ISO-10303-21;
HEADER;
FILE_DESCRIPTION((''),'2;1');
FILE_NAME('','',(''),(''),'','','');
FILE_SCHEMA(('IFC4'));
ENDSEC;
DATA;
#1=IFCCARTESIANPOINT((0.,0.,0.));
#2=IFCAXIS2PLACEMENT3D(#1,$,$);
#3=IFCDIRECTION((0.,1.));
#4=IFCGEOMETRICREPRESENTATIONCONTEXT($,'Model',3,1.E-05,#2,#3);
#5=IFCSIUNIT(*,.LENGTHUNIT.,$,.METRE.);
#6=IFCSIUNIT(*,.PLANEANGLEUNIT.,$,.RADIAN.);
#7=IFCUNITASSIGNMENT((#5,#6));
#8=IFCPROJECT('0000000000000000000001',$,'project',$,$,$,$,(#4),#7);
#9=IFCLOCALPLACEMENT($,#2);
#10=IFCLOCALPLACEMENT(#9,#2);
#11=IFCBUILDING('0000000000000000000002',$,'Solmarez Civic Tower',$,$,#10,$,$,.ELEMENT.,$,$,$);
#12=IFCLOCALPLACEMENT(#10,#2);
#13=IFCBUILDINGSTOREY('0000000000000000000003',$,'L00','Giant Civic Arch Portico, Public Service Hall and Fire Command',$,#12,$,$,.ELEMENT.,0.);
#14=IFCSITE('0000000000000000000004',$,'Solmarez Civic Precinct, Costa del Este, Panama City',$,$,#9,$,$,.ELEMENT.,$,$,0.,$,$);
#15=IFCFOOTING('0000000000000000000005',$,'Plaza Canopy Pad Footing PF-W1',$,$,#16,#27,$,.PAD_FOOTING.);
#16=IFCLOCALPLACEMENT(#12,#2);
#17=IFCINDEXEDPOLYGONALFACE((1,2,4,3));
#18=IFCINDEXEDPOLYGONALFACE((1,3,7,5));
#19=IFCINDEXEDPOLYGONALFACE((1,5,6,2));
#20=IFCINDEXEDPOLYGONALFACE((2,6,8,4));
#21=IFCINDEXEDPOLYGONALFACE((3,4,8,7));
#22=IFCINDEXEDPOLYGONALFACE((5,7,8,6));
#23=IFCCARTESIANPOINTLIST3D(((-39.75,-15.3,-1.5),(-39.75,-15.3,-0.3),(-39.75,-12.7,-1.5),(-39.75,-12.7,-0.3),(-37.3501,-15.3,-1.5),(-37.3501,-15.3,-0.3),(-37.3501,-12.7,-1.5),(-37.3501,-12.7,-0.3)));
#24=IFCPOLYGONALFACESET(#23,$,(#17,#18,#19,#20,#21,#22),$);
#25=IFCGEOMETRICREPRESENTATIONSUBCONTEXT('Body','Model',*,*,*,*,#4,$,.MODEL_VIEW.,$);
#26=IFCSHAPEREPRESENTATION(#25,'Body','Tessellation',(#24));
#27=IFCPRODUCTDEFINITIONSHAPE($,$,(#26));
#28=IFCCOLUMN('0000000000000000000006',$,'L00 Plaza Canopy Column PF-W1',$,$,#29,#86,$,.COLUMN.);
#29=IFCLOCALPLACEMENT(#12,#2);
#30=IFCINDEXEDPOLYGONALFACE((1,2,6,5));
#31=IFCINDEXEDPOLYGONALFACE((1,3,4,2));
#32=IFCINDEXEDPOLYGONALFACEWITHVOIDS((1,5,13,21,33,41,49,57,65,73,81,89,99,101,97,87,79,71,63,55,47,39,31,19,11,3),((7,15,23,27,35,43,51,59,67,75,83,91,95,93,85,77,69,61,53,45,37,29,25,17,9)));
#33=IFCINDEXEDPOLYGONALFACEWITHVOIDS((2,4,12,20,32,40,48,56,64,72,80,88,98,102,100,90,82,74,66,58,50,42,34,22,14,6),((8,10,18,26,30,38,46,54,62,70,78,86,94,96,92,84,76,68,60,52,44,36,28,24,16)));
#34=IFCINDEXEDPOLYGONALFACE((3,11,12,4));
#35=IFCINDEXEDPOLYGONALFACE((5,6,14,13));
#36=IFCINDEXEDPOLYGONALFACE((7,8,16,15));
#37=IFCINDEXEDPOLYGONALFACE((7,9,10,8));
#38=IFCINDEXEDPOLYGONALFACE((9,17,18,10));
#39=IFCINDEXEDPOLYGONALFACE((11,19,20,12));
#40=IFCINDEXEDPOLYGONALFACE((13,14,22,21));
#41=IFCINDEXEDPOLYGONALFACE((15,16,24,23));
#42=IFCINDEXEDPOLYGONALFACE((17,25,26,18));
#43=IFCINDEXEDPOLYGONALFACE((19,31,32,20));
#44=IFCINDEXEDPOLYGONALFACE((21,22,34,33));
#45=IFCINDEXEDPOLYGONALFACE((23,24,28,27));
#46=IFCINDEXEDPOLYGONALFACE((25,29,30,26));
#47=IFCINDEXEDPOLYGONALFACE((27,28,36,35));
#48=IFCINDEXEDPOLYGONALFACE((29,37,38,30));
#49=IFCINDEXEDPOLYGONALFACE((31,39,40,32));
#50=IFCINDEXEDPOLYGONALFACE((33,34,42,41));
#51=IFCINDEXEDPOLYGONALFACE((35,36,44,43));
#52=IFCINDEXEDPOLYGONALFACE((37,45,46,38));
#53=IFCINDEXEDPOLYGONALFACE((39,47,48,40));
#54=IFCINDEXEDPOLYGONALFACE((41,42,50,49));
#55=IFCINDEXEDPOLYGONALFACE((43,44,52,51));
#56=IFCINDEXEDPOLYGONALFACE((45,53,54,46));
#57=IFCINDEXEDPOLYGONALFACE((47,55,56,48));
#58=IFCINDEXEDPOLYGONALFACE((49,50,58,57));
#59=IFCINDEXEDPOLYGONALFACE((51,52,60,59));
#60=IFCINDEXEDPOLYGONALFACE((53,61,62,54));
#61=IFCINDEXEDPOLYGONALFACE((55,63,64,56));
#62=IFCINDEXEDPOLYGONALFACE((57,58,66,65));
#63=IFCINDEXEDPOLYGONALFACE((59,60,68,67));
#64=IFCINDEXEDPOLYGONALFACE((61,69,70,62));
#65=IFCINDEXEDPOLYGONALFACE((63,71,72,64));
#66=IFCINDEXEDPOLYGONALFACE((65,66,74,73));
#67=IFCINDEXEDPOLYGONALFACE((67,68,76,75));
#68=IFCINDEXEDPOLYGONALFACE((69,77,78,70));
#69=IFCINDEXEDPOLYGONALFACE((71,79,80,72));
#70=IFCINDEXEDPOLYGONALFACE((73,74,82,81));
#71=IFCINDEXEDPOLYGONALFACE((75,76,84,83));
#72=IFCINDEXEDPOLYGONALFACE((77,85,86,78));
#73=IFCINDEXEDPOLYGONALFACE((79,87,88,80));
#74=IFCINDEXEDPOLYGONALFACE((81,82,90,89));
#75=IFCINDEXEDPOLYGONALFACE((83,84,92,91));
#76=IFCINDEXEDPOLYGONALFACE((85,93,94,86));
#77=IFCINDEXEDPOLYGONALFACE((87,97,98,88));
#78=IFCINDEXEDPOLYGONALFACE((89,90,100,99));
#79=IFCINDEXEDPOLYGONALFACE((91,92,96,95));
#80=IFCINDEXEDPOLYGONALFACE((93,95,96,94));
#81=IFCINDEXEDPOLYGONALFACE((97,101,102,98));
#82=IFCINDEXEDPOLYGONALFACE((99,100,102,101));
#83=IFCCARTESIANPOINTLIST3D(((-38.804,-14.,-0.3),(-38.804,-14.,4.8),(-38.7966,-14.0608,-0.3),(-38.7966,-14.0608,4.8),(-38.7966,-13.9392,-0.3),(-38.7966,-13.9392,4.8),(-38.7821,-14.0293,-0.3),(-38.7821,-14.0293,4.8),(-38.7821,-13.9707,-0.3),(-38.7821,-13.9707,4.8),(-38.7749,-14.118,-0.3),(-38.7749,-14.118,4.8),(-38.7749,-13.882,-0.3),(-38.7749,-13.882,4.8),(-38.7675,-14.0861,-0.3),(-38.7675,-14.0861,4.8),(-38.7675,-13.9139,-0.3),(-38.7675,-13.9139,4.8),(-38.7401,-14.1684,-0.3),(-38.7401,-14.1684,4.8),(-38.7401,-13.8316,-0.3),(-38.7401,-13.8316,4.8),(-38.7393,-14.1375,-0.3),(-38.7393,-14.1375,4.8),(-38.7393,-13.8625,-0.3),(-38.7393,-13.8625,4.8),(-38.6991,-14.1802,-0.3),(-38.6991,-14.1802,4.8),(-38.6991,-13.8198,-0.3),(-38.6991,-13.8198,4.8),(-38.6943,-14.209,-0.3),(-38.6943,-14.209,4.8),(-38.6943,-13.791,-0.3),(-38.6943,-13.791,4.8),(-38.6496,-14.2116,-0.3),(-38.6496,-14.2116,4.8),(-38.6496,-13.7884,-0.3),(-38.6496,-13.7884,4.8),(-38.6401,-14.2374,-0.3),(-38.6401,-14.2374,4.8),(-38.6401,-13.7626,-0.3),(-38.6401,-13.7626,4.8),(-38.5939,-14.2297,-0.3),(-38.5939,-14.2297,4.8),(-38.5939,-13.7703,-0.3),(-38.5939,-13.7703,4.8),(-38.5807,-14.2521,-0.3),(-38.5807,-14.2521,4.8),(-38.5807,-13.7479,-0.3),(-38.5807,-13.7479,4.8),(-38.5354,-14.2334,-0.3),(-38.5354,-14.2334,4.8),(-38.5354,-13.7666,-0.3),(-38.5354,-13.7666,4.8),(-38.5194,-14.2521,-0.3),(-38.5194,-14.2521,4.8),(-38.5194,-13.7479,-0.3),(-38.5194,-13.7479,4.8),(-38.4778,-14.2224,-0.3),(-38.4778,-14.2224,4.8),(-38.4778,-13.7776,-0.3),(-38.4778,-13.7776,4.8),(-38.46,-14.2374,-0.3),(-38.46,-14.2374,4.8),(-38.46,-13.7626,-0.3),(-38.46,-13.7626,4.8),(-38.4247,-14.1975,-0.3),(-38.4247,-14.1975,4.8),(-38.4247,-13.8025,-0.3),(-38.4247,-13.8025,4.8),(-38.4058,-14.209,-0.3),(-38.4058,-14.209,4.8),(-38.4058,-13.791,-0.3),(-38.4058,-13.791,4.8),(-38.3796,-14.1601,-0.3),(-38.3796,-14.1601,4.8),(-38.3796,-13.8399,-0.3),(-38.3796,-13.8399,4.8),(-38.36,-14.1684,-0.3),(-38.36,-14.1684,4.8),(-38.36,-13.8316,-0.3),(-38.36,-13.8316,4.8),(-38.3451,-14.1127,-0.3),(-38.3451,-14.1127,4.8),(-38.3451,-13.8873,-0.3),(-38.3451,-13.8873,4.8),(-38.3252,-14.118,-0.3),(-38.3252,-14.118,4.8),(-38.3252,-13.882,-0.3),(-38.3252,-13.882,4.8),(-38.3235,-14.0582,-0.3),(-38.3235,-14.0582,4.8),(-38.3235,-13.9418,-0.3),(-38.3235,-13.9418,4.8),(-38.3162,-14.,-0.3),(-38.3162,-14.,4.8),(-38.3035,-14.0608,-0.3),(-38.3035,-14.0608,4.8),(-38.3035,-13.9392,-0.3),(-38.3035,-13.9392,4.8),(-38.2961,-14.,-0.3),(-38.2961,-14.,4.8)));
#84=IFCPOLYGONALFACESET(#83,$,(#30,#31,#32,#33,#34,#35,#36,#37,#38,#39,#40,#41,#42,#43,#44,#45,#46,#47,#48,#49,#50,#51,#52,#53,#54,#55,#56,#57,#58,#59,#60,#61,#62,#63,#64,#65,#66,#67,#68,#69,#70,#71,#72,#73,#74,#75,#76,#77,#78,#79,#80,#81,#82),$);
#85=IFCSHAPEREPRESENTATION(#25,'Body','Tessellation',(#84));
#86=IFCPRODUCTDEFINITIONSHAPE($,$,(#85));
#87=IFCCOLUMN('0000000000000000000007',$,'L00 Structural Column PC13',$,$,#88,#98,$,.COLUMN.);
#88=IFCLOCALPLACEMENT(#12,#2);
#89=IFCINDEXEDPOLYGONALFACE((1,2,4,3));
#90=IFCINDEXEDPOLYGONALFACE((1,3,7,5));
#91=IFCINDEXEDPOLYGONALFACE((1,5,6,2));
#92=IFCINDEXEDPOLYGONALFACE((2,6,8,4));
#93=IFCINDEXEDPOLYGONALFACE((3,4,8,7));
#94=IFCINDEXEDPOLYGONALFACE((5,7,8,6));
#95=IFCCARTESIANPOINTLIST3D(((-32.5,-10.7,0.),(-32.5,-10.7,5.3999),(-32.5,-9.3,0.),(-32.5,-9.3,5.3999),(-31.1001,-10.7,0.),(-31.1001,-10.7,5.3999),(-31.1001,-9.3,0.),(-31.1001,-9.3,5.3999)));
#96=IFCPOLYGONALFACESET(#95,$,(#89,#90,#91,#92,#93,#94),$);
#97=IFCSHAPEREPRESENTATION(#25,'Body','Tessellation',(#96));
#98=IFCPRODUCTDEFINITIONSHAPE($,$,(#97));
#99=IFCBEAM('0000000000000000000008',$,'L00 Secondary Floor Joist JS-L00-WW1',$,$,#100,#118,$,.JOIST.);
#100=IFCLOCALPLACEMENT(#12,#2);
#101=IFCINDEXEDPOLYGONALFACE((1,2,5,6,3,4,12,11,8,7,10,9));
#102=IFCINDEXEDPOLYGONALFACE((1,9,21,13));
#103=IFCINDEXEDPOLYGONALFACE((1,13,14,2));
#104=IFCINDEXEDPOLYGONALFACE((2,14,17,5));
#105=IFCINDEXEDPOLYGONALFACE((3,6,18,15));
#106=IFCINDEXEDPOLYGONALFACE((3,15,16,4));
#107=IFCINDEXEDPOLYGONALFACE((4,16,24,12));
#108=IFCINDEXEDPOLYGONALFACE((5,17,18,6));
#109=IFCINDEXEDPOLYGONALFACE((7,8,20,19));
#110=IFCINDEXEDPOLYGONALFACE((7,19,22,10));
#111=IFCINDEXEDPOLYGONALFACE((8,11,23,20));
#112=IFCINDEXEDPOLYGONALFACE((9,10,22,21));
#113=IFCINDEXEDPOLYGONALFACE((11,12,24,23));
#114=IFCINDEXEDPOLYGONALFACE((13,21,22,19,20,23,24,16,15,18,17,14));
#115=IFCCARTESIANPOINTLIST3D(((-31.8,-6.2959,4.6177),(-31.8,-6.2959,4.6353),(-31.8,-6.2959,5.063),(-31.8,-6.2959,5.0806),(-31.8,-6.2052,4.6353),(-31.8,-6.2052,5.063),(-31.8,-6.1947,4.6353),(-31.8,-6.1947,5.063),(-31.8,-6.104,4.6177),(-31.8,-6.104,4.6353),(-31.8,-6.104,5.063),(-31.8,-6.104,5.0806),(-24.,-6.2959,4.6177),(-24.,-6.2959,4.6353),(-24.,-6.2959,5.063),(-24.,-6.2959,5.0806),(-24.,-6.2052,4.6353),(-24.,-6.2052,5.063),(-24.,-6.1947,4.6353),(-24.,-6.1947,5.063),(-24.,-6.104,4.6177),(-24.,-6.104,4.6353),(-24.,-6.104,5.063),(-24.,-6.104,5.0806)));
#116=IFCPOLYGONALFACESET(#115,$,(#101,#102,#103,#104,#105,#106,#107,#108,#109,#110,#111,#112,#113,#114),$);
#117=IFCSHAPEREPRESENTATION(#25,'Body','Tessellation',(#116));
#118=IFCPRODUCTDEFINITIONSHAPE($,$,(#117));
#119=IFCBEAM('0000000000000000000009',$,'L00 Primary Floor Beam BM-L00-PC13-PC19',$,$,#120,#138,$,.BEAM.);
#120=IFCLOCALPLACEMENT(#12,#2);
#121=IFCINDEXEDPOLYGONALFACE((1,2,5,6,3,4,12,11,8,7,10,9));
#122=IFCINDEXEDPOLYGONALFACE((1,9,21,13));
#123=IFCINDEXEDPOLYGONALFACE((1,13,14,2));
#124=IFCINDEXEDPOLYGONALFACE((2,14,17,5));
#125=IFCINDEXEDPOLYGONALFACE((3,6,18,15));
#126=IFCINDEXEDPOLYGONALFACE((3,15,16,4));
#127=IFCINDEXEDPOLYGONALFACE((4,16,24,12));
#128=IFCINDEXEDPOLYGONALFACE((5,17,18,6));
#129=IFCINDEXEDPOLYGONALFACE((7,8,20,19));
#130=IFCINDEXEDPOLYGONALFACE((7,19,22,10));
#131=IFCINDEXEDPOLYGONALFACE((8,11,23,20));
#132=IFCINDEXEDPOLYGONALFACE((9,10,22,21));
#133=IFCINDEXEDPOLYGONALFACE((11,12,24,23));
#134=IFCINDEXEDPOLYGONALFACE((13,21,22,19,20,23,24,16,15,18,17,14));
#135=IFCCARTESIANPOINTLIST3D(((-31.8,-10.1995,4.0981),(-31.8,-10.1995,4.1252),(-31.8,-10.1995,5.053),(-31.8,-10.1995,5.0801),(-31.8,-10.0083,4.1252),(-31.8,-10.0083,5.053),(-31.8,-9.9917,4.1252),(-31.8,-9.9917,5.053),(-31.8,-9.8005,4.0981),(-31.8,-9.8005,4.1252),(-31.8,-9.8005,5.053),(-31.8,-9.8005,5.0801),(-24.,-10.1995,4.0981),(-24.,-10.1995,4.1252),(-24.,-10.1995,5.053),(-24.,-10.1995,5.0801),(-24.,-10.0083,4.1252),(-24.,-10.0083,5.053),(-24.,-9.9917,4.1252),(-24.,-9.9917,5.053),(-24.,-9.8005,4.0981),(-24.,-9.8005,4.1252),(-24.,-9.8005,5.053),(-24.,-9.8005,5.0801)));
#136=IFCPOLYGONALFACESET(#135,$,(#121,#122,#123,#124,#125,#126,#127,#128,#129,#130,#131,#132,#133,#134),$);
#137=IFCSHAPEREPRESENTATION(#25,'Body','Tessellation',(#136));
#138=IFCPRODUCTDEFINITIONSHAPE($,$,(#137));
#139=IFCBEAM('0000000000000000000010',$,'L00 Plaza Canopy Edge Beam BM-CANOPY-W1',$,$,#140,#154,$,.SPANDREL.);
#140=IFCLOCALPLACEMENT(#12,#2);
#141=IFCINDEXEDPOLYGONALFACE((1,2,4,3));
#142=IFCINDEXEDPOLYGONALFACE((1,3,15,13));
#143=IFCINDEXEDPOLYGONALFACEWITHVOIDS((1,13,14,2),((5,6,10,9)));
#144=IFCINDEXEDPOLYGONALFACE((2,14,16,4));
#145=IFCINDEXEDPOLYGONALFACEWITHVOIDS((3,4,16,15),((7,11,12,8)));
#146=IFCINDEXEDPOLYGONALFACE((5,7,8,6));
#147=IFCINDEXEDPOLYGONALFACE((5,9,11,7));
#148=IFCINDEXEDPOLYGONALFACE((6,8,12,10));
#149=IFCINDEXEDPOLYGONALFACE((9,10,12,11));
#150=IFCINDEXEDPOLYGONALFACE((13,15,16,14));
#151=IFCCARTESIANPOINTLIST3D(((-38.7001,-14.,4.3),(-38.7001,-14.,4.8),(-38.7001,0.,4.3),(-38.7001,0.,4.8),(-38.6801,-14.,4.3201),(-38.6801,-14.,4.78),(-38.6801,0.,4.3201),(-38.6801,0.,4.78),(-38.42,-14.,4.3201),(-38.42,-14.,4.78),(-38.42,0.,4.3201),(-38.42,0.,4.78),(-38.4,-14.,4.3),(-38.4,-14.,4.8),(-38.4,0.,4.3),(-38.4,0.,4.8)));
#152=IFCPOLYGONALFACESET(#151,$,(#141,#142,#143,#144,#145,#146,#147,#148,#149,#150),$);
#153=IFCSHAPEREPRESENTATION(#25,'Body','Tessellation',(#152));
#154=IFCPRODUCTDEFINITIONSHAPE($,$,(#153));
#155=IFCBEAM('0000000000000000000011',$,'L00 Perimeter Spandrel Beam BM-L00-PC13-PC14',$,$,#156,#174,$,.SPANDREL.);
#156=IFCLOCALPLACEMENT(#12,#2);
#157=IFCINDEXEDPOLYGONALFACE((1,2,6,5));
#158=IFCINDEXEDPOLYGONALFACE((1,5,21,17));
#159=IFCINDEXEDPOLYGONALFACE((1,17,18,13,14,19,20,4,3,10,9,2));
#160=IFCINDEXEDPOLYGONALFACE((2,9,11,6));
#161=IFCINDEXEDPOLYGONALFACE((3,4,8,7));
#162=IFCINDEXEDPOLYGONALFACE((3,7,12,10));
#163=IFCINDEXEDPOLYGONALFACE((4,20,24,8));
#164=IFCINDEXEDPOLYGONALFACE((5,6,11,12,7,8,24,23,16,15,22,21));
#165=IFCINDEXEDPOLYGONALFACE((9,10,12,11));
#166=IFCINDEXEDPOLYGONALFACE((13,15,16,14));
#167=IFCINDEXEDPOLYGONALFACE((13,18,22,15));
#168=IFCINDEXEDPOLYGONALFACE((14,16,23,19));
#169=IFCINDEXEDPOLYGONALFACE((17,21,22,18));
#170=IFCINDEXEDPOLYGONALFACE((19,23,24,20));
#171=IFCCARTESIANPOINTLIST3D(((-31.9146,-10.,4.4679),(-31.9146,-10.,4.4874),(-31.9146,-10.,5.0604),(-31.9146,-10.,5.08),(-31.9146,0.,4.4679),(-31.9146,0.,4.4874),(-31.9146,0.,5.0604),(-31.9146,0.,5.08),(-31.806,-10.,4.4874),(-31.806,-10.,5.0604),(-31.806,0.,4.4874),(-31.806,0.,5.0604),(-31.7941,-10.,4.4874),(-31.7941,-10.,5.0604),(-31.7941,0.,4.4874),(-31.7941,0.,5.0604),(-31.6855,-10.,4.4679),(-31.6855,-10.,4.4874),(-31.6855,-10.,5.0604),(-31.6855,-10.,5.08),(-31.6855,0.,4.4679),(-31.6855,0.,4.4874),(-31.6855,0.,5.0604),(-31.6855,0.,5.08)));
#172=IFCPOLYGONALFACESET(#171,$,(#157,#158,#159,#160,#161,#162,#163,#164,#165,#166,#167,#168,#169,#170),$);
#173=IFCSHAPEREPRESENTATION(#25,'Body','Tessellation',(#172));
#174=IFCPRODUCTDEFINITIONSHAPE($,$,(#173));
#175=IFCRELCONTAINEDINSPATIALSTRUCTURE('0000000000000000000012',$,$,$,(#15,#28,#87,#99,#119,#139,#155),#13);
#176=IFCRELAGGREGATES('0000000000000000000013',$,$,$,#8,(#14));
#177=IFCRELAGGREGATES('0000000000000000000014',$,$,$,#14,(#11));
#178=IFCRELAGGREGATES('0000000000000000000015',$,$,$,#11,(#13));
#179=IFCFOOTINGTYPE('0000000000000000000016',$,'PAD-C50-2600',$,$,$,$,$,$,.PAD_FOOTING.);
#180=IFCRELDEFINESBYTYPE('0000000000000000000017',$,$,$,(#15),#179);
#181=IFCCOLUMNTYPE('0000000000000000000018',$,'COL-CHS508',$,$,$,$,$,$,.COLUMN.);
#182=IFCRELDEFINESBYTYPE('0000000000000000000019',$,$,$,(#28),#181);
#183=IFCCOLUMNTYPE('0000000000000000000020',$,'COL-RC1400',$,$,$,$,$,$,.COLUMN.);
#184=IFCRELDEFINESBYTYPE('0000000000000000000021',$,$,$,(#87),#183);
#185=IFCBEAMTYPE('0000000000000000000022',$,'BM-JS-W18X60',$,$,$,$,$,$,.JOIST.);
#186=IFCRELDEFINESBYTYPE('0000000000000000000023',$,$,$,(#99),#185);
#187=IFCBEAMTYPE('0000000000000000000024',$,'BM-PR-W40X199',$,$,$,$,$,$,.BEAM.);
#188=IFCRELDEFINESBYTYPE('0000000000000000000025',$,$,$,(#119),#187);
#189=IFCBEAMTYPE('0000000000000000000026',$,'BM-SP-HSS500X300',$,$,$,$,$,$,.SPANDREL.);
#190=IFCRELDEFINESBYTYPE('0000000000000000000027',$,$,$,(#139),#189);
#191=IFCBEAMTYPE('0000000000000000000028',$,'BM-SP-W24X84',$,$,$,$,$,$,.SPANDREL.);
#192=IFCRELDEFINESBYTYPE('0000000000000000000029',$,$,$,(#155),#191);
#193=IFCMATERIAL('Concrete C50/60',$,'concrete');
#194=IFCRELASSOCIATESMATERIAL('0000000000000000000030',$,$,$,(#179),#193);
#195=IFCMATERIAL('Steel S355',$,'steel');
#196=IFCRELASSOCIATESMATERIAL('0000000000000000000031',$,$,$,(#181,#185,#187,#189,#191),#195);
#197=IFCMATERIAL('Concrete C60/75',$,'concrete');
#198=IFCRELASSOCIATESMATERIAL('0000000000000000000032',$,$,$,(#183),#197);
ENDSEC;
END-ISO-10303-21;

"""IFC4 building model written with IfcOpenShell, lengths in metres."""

from ifc_helpers import new_model, si_unit, direction, frame, origin, origin_2d, place, context, subcontext, project, spatial, rectangle, hollow_rectangle, hollow_circle, i_section, extrude, material, material_profile, profile_set, type_object, element, save


model = new_model("IFC4")

# Units and contexts
model_context = context("Model", 3, precision=1e-05, world=origin(), true_north=direction((0.0, 1.0)))
body_context = subcontext(model_context, "Body", "Model", "MODEL_VIEW")
ifc_project = project(units=[si_unit("LENGTHUNIT", "METRE"), si_unit("PLANEANGLEUNIT", "RADIAN")], contexts=[model_context])

# Site, building, storey
site_placement = place(None, origin())
site = spatial("IfcSite", under=ifc_project, at=site_placement, Name="Solmarez Civic Precinct, Costa del Este, Panama City", CompositionType="ELEMENT", RefElevation=0.0)
building_placement = place(site_placement, origin())
building = spatial("IfcBuilding", under=site, at=building_placement, Name="Solmarez Civic Tower", CompositionType="ELEMENT")
storey_placement = place(building_placement, origin())
storey = spatial("IfcBuildingStorey", under=building, at=storey_placement, Name="L00", Description="Giant Civic Arch Portico, Public Service Hall and Fire Command", CompositionType="ELEMENT", Elevation=0.0)

# Footing
ifc_material_1 = material(Name="Concrete C50/60", Category="concrete")
footing_type = type_object("IfcFootingType", Name="PAD-C50-2600", PredefinedType="PAD_FOOTING", material=ifc_material_1)
footing_placement = place(storey_placement, frame((-38.55, -14.0, -1.5), z_axis=(0.0, 0.0, 1.0), x_axis=(1.0, 0.0, 0.0)))
element("IfcFooting", 1, at=footing_placement, inside=storey, type_object=footing_type, Name="Plaza Canopy Pad Footing PF-W1", PredefinedType="PAD_FOOTING", context=body_context, shape_type="SweptSolid", body=[
    extrude(rectangle(XDim=2.3999, YDim=2.6001, at=origin_2d()), origin(), (0.0, 0.0, 1.0), 1.2),
])

# Columns
ifc_material_2 = material(Name="Steel S355", Category="steel")
ifc_material_profile_1 = material_profile(ifc_material_2, hollow_circle(Radius=0.2539, WallThickness=0.02, at=origin_2d()), Name="CHS508X20")
ifc_profile_set_1 = profile_set([ifc_material_profile_1], Name="Steel S355")
column_type_1 = type_object("IfcColumnType", Name="COL-CHS508", PredefinedType="COLUMN", material=ifc_profile_set_1)
column_1_placement = place(storey_placement, frame((-38.55, -14.0, -0.3), z_axis=(0.0, 0.0, 1.0), x_axis=(1.0, 0.0, 0.0)))
element("IfcColumn", 2, at=column_1_placement, inside=storey, type_object=column_type_1, Name="L00 Plaza Canopy Column PF-W1", PredefinedType="COLUMN", context=body_context, shape_type="SweptSolid", body=[
    extrude(hollow_circle(Radius=0.2539, WallThickness=0.02, at=origin_2d()), origin(), (0.0, 0.0, 1.0), 5.1001),
])
ifc_material_3 = material(Name="Concrete C60/75", Category="concrete")
ifc_material_profile_2 = material_profile(ifc_material_3, rectangle(XDim=1.3999, YDim=1.3999, at=origin_2d()), Name="RC1400X1400")
ifc_profile_set_2 = profile_set([ifc_material_profile_2], Name="Concrete C60/75")
column_type_2 = type_object("IfcColumnType", Name="COL-RC1400", PredefinedType="COLUMN", material=ifc_profile_set_2)
column_2_placement = place(storey_placement, frame((-31.8, -10.0, 0.0), z_axis=(0.0, 0.0, 1.0), x_axis=(1.0, 0.0, 0.0)))
element("IfcColumn", 3, at=column_2_placement, inside=storey, type_object=column_type_2, Name="L00 Structural Column PC13", PredefinedType="COLUMN", context=body_context, shape_type="SweptSolid", body=[
    extrude(rectangle(XDim=1.3999, YDim=1.3999, at=origin_2d()), origin(), (0.0, 0.0, 1.0), 5.3999),
])

# Beams
ifc_material_profile_3 = material_profile(ifc_material_2, i_section(OverallWidth=0.1919, OverallDepth=0.4629, WebThickness=0.0105, FlangeThickness=0.0176, at=origin_2d()), Name="W18X60")
ifc_profile_set_3 = profile_set([ifc_material_profile_3], Name="Steel S355")
beam_type_1 = type_object("IfcBeamType", Name="BM-JS-W18X60", PredefinedType="JOIST", material=ifc_profile_set_3)
beam_1_placement = place(storey_placement, frame((-31.8, -6.2, 4.8491), z_axis=(1.0, 0.0, 0.0), x_axis=(0.0, 1.0, 0.0)))
element("IfcBeam", 4, at=beam_1_placement, inside=storey, type_object=beam_type_1, Name="L00 Secondary Floor Joist JS-L00-WW1", PredefinedType="JOIST", context=body_context, shape_type="SweptSolid", body=[
    extrude(i_section(OverallWidth=0.1919, OverallDepth=0.4629, WebThickness=0.0105, FlangeThickness=0.0176, at=origin_2d()), origin(), (0.0, 0.0, 1.0), 7.8),
])
ifc_material_profile_4 = material_profile(ifc_material_2, i_section(OverallWidth=0.3989, OverallDepth=0.9819, WebThickness=0.0166, FlangeThickness=0.0271, at=origin_2d()), Name="W40X199")
ifc_profile_set_4 = profile_set([ifc_material_profile_4], Name="Steel S355")
beam_type_2 = type_object("IfcBeamType", Name="BM-PR-W40X199", PredefinedType="BEAM", material=ifc_profile_set_4)
beam_2_placement = place(storey_placement, frame((-31.8, -10.0, 4.5891), z_axis=(1.0, 0.0, 0.0), x_axis=(0.0, 1.0, 0.0)))
element("IfcBeam", 5, at=beam_2_placement, inside=storey, type_object=beam_type_2, Name="L00 Primary Floor Beam BM-L00-PC13-PC19", PredefinedType="BEAM", context=body_context, shape_type="SweptSolid", body=[
    extrude(i_section(OverallWidth=0.3989, OverallDepth=0.9819, WebThickness=0.0166, FlangeThickness=0.0271, at=origin_2d()), origin(), (0.0, 0.0, 1.0), 7.8),
])
ifc_material_profile_5 = material_profile(ifc_material_2, hollow_rectangle(XDim=0.3, YDim=0.5, WallThickness=0.02, at=origin_2d()), Name="HSS500X300X20")
ifc_profile_set_5 = profile_set([ifc_material_profile_5], Name="Steel S355")
beam_type_3 = type_object("IfcBeamType", Name="BM-SP-HSS500X300", PredefinedType="SPANDREL", material=ifc_profile_set_5)
beam_3_placement = place(storey_placement, frame((-38.55, -14.0, 4.55), z_axis=(0.0, 1.0, 0.0), x_axis=(-1.0, 0.0, 0.0)))
element("IfcBeam", 6, at=beam_3_placement, inside=storey, type_object=beam_type_3, Name="L00 Plaza Canopy Edge Beam BM-CANOPY-W1", PredefinedType="SPANDREL", context=body_context, shape_type="SweptSolid", body=[
    extrude(hollow_rectangle(XDim=0.3, YDim=0.5, WallThickness=0.02, at=origin_2d()), origin(), (0.0, 0.0, 1.0), 14.0),
])
ifc_material_profile_6 = material_profile(ifc_material_2, i_section(OverallWidth=0.229, OverallDepth=0.6121, WebThickness=0.012, FlangeThickness=0.0195, at=origin_2d()), Name="W24X84")
ifc_profile_set_6 = profile_set([ifc_material_profile_6], Name="Steel S355")
beam_type_4 = type_object("IfcBeamType", Name="BM-SP-W24X84", PredefinedType="SPANDREL", material=ifc_profile_set_6)
beam_4_placement = place(storey_placement, frame((-31.8, -10.0, 4.7739), z_axis=(0.0, 1.0, 0.0), x_axis=(-1.0, 0.0, 0.0)))
element("IfcBeam", 7, at=beam_4_placement, inside=storey, type_object=beam_type_4, Name="L00 Perimeter Spandrel Beam BM-L00-PC13-PC14", PredefinedType="SPANDREL", context=body_context, shape_type="SweptSolid", body=[
    extrude(i_section(OverallWidth=0.229, OverallDepth=0.6121, WebThickness=0.012, FlangeThickness=0.0195, at=origin_2d()), origin(), (0.0, 0.0, 1.0), 10.0),
])

save(model, "model.ifc")
